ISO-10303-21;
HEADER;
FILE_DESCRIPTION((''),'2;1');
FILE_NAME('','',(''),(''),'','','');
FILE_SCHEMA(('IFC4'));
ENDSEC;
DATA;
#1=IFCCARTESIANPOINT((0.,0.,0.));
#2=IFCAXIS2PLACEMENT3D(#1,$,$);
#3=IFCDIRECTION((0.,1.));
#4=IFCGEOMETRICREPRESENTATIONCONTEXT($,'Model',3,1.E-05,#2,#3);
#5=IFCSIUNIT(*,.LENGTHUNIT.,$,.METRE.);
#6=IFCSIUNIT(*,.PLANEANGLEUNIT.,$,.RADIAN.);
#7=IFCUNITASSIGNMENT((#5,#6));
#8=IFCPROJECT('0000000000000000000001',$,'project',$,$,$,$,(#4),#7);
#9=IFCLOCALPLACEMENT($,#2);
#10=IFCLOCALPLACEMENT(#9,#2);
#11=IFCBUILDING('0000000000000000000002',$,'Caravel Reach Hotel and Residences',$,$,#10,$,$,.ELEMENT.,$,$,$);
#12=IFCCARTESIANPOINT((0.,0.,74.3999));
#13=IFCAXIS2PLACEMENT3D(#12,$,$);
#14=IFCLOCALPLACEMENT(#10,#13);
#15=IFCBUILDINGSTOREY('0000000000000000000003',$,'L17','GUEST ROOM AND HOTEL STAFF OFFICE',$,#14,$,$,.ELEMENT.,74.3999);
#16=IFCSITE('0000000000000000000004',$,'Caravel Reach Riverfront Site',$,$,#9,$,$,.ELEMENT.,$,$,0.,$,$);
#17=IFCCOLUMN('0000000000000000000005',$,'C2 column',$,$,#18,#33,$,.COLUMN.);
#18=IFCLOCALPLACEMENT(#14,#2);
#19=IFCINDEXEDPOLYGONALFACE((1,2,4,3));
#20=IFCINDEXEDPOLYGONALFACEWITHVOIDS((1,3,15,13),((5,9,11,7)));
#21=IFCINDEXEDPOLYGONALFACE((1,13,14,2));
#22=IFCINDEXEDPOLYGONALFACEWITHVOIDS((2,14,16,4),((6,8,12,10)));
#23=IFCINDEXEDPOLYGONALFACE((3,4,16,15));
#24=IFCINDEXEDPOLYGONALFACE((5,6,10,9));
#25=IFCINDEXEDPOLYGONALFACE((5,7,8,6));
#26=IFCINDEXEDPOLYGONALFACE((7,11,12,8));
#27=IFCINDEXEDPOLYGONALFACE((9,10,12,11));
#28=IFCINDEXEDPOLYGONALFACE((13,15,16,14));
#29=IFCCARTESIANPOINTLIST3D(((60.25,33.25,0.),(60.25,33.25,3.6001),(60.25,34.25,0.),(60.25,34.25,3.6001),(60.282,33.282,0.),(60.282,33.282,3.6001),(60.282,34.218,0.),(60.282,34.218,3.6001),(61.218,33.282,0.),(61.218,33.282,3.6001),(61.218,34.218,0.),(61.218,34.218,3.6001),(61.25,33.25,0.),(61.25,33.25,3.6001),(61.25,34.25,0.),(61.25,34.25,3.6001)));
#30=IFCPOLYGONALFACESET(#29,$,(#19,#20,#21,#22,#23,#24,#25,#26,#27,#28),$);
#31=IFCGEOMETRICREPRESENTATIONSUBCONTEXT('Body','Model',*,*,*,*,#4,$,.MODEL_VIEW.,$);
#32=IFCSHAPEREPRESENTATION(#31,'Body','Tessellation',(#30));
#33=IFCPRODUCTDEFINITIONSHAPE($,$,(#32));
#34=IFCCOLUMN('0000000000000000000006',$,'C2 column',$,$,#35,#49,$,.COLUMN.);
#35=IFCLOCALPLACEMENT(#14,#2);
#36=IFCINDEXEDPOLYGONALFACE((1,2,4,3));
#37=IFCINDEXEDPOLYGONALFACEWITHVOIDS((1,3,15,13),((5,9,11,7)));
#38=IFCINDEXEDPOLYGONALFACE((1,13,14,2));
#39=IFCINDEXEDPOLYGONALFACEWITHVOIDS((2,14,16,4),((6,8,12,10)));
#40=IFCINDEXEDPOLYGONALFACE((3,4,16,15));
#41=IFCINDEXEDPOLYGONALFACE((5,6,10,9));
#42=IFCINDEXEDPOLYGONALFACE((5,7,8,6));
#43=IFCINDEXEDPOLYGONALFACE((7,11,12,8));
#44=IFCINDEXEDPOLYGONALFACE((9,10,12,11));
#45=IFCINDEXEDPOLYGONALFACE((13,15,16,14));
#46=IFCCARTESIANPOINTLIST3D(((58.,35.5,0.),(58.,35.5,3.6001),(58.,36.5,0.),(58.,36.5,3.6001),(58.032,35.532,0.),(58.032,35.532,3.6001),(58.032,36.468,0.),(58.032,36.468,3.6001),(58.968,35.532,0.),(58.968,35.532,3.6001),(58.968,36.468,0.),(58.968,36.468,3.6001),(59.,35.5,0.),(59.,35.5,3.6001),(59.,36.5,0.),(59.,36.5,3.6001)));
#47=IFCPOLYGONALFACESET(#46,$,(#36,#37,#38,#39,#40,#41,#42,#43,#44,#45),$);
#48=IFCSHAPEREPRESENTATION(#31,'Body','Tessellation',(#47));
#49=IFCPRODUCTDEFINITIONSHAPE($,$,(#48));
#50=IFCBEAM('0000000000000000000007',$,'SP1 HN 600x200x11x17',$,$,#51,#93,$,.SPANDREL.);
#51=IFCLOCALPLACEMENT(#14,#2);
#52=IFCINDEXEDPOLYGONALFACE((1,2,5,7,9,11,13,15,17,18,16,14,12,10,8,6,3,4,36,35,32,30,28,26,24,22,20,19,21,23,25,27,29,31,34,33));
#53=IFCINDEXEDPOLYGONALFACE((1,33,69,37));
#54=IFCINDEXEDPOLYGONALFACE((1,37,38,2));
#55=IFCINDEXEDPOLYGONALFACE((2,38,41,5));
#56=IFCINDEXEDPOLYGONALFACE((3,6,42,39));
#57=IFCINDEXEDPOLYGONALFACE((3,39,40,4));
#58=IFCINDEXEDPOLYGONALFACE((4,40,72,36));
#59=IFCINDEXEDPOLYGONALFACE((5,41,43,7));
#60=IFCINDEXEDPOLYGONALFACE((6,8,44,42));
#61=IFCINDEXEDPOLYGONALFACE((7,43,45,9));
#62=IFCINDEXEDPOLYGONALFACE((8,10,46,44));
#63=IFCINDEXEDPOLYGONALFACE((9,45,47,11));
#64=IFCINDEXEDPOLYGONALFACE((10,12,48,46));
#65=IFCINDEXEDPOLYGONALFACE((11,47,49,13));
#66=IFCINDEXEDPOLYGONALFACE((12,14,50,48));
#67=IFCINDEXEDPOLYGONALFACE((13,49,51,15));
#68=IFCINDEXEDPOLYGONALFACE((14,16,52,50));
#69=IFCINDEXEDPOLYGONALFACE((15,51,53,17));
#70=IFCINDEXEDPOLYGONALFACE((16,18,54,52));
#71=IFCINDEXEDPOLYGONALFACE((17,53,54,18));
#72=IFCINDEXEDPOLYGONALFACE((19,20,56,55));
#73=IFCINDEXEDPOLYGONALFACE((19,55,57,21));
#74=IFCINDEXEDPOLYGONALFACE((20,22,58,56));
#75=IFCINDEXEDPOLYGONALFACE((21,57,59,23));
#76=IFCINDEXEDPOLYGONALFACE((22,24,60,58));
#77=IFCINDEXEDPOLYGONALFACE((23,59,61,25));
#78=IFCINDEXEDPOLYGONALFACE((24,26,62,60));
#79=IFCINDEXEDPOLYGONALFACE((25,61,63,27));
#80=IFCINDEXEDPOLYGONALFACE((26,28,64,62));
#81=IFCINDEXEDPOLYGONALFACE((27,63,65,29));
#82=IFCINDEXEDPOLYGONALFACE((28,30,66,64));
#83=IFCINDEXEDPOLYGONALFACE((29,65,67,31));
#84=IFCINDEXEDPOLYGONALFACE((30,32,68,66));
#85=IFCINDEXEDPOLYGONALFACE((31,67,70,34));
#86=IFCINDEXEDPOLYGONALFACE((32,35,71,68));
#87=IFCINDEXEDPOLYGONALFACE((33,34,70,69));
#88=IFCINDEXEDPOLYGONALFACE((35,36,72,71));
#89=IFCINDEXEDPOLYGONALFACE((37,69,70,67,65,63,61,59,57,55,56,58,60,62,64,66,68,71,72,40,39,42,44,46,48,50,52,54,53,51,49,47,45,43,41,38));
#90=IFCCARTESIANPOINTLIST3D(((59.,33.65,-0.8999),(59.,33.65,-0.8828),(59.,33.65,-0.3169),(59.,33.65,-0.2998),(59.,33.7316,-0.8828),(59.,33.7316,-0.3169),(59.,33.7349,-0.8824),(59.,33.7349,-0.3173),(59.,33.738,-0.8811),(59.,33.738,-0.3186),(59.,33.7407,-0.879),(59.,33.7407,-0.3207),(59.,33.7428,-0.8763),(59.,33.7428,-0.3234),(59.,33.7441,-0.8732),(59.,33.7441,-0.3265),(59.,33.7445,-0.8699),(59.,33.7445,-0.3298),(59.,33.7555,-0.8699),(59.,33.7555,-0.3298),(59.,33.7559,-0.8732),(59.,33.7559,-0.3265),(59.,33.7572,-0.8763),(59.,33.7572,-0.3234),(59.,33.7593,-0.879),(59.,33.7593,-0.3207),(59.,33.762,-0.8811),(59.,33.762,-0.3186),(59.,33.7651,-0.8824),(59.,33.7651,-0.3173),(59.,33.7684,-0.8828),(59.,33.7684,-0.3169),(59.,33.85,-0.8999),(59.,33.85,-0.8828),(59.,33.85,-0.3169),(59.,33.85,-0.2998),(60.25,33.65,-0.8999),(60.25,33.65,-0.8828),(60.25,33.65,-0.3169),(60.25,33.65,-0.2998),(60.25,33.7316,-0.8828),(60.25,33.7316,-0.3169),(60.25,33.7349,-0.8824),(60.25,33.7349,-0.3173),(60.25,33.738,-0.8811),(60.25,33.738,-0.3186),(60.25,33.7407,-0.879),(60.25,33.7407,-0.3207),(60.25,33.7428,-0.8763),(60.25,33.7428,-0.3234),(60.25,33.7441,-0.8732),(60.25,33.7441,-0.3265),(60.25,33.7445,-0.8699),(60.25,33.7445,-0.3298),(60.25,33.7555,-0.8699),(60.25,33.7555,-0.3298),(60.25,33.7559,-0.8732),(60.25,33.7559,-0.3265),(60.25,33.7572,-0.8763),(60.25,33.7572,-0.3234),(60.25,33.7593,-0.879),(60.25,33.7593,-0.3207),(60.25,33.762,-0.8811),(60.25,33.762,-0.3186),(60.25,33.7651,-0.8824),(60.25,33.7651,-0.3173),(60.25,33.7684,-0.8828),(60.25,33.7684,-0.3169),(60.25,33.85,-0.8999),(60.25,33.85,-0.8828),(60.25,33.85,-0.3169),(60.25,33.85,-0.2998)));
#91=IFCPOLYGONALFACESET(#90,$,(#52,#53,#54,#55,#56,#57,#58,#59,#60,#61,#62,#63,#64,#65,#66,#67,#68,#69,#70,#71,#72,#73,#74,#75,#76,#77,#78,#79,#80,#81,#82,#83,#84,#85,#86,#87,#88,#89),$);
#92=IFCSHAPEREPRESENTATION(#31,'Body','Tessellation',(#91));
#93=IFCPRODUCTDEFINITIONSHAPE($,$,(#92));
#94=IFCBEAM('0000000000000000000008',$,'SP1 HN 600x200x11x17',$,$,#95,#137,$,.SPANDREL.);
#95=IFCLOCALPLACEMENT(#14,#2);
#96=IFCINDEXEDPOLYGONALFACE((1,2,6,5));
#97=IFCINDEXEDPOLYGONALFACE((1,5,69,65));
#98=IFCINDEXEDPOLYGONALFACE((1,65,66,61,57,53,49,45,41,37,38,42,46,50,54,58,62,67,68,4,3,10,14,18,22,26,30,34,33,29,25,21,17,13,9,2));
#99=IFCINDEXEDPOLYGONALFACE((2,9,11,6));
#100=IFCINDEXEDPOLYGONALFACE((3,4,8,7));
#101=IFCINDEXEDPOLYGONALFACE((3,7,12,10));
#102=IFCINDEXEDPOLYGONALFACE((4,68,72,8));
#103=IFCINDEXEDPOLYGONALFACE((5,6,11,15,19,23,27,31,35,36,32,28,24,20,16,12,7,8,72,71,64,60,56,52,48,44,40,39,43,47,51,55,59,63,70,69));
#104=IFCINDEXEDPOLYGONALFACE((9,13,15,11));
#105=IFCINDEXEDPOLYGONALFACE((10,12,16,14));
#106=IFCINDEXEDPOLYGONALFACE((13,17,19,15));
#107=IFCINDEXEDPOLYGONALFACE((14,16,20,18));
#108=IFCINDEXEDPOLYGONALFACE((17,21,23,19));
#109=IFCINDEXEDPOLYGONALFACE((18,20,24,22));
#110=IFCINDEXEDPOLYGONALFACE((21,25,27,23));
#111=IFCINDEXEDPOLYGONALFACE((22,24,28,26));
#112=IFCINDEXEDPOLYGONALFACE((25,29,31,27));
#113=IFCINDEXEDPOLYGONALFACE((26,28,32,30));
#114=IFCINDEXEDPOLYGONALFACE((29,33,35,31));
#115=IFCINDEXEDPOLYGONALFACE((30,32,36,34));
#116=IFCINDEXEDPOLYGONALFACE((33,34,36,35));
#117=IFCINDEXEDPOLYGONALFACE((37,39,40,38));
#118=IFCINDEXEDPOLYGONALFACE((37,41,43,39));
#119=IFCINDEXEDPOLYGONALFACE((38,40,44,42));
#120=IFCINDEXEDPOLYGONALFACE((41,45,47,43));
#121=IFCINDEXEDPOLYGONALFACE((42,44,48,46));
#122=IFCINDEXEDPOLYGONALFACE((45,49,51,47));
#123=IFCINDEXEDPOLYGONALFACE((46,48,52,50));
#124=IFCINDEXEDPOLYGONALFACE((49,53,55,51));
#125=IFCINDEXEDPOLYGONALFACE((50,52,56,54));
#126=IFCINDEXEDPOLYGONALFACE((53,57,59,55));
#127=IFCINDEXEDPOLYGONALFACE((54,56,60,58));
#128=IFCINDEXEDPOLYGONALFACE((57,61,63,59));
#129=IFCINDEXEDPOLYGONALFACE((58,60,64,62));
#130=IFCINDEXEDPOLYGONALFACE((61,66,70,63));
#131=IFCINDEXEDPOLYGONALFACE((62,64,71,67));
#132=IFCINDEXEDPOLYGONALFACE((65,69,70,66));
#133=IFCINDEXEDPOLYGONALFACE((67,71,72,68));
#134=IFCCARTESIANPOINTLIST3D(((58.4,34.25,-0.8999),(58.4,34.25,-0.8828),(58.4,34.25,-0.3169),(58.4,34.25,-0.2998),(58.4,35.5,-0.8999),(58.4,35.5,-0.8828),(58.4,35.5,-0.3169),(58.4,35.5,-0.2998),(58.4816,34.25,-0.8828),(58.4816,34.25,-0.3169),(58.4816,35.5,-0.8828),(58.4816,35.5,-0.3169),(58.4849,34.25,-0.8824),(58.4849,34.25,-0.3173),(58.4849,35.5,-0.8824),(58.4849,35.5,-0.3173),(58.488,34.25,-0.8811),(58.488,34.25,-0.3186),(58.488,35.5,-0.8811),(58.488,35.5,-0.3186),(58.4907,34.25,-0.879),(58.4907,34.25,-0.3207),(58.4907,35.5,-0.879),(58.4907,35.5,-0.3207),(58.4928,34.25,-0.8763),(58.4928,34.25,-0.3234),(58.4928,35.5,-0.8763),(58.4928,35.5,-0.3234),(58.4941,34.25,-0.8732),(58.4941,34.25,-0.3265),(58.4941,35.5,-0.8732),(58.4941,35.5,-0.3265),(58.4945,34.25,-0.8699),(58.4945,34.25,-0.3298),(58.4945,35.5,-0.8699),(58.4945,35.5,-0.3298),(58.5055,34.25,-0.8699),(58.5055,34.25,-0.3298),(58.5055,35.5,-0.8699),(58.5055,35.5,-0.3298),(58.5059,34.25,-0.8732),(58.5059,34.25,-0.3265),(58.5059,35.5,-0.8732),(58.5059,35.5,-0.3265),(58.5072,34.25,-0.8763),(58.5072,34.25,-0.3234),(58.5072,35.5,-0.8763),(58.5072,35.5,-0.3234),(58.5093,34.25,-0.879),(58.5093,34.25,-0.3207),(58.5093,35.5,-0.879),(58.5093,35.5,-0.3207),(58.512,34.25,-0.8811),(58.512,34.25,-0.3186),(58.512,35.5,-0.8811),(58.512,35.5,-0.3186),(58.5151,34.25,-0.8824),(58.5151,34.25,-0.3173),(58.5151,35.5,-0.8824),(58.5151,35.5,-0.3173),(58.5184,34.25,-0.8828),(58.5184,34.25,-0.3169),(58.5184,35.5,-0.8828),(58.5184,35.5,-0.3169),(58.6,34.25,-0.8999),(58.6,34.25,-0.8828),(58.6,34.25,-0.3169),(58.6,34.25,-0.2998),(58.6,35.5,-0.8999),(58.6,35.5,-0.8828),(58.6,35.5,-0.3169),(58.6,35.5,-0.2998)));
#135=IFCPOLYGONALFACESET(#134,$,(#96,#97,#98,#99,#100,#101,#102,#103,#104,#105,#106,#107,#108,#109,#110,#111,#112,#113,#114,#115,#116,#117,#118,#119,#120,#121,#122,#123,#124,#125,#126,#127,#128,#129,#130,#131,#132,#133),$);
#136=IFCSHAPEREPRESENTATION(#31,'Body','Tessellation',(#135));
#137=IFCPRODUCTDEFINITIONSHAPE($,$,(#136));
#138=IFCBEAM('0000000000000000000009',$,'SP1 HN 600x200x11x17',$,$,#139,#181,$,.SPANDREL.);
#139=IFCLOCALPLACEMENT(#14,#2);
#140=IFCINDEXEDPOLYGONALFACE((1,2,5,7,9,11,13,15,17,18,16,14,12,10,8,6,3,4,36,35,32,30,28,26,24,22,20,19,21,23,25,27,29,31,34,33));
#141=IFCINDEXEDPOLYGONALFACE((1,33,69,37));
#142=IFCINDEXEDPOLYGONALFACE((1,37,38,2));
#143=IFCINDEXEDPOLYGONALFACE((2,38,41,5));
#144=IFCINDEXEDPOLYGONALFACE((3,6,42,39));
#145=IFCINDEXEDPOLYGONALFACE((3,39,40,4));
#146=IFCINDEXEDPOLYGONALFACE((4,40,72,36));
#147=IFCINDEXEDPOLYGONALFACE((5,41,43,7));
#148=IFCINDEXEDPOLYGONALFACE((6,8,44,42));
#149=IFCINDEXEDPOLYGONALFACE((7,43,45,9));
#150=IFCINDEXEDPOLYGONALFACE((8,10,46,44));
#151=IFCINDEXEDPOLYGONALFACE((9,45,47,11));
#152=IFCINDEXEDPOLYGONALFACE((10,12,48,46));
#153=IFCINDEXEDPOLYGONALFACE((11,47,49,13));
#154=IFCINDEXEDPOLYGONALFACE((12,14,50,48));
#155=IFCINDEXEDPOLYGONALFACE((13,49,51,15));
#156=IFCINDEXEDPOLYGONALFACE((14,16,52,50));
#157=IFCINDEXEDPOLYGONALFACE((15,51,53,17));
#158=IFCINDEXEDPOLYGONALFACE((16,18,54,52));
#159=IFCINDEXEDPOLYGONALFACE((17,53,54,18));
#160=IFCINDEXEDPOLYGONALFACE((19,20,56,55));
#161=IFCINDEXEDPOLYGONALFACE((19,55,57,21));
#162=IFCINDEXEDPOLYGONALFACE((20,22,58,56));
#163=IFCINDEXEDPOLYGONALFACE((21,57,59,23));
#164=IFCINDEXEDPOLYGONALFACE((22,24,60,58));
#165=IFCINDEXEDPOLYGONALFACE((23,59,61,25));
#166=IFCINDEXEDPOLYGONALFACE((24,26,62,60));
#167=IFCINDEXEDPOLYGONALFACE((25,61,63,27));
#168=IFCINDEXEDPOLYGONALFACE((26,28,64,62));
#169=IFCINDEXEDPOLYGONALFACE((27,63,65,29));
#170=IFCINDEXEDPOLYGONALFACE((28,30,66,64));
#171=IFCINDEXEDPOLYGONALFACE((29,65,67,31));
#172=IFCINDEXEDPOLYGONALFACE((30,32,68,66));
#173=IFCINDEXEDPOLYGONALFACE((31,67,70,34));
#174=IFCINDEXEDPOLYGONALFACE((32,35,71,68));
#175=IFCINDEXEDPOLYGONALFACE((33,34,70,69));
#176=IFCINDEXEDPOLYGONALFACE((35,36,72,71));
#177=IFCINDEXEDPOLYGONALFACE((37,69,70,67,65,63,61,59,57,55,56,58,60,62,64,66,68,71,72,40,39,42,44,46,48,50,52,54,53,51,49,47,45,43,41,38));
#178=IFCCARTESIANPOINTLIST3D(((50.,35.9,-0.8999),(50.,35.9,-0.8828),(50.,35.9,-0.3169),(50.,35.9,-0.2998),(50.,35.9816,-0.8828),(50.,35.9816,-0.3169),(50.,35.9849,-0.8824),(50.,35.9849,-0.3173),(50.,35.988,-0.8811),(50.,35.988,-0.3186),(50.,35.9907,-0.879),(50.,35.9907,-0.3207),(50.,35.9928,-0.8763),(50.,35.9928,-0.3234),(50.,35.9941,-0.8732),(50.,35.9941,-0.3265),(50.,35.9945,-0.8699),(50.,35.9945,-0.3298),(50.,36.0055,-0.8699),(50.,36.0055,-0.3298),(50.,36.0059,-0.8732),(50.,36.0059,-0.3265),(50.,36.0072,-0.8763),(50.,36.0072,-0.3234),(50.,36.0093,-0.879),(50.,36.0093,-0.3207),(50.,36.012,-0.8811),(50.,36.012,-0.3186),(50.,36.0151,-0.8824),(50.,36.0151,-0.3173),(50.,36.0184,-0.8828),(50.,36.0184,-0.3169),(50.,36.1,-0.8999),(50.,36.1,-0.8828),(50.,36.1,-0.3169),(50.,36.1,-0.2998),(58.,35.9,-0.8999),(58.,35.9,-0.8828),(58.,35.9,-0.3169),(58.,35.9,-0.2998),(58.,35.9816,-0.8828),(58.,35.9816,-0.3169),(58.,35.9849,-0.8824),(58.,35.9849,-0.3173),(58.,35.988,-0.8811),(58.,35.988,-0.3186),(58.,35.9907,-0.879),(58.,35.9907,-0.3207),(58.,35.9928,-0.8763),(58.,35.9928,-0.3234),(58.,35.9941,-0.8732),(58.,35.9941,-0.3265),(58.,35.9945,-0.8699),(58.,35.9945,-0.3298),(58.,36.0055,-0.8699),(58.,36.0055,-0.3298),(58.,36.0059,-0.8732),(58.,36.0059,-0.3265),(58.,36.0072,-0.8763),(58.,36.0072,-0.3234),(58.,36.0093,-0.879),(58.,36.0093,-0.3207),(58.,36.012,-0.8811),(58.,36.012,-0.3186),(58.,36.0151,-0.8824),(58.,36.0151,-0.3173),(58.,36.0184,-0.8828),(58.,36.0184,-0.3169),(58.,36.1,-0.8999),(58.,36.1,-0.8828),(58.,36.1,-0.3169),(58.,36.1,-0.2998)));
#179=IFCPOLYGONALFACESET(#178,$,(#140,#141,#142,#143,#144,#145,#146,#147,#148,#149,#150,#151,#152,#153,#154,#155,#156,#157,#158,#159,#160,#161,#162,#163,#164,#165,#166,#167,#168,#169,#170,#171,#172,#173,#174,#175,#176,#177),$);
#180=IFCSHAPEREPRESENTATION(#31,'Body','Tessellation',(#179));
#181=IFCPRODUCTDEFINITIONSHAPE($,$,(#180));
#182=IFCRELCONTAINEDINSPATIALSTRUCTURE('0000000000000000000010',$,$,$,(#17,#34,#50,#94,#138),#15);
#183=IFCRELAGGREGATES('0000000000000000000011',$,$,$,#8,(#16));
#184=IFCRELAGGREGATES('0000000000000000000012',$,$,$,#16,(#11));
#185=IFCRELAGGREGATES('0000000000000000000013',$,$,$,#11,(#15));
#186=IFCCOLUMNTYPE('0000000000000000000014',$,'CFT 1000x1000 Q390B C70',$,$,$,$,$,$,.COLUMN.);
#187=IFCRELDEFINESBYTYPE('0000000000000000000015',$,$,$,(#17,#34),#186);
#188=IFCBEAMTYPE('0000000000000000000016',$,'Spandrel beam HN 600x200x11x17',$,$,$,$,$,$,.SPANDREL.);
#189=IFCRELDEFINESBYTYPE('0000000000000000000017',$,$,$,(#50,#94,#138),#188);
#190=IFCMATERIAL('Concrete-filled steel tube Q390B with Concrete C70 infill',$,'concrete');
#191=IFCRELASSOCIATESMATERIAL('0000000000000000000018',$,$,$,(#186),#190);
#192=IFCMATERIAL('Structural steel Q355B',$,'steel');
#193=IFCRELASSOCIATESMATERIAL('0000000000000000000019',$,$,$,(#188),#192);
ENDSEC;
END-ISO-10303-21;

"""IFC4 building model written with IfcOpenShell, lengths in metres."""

from ifc_helpers import new_model, si_unit, direction, frame, origin, origin_2d, place, context, subcontext, project, spatial, hollow_rectangle, i_section, extrude, material, material_profile, profile_set, type_object, element, save


model = new_model("IFC4")

# Units and contexts
model_context = context("Model", 3, precision=1e-05, world=origin(), true_north=direction((0.0, 1.0)))
body_context = subcontext(model_context, "Body", "Model", "MODEL_VIEW")
ifc_project = project(units=[si_unit("LENGTHUNIT", "METRE"), si_unit("PLANEANGLEUNIT", "RADIAN")], contexts=[model_context])

# Site, building, storey
site_placement = place(None, origin())
site = spatial("IfcSite", under=ifc_project, at=site_placement, Name="Caravel Reach Riverfront Site", CompositionType="ELEMENT", RefElevation=0.0)
building_placement = place(site_placement, origin())
building = spatial("IfcBuilding", under=site, at=building_placement, Name="Caravel Reach Hotel and Residences", CompositionType="ELEMENT")
storey_placement = place(building_placement, frame((0.0, 0.0, 74.3999)))
storey = spatial("IfcBuildingStorey", under=building, at=storey_placement, Name="L17", Description="GUEST ROOM AND HOTEL STAFF OFFICE", CompositionType="ELEMENT", Elevation=74.3999)

# Columns
ifc_material_1 = material(Name="Concrete-filled steel tube Q390B with Concrete C70 infill", Category="concrete")
ifc_material_profile_1 = material_profile(ifc_material_1, hollow_rectangle(XDim=1.0, YDim=1.0, WallThickness=0.032, at=origin_2d()), Name="RHS 1000x1000x32")
ifc_profile_set_1 = profile_set([ifc_material_profile_1], Name="Concrete-filled steel tube Q390B with Concrete C70 infill")
column_type = type_object("IfcColumnType", Name="CFT 1000x1000 Q390B C70", PredefinedType="COLUMN", material=ifc_profile_set_1)
for number, where, z_axis, x_axis, name in (
    (1, (60.75, 33.75, 0.0), (0.0, 0.0, 1.0), (1.0, 0.0, 0.0), "C2 column"),
    (2, (58.5, 36.0, 0.0), (0.0, 0.0, 1.0), (1.0, 0.0, 0.0), "C2 column"),
):
    element("IfcColumn", number, at=place(storey_placement, frame(where, z_axis=z_axis, x_axis=x_axis)), inside=storey, type_object=column_type, Name=name, PredefinedType="COLUMN", context=body_context, shape_type="SweptSolid", body=[
        extrude(hollow_rectangle(XDim=1.0, YDim=1.0, WallThickness=0.032, at=origin_2d()), origin(), (0.0, 0.0, 1.0), 3.6001),
    ])

# Beams
ifc_material_2 = material(Name="Structural steel Q355B", Category="steel")
ifc_material_profile_2 = material_profile(ifc_material_2, i_section(OverallWidth=0.2, OverallDepth=0.6001, WebThickness=0.011, FlangeThickness=0.0171, FilletRadius=0.0129, at=origin_2d()), Name="HN 600x200x11x17")
ifc_profile_set_2 = profile_set([ifc_material_profile_2], Name="Structural steel Q355B")
beam_type = type_object("IfcBeamType", Name="Spandrel beam HN 600x200x11x17", PredefinedType="SPANDREL", material=ifc_profile_set_2)
for number, where, z_axis, x_axis, name in (
    (3, (60.25, 33.75, -0.5999), (-1.0, 0.0, 0.0), (0.0, -1.0, 0.0), "SP1 HN 600x200x11x17"),
    (4, (58.5, 34.25, -0.5999), (0.0, 1.0, 0.0), (-1.0, 0.0, 0.0), "SP1 HN 600x200x11x17"),
):
    element("IfcBeam", number, at=place(storey_placement, frame(where, z_axis=z_axis, x_axis=x_axis)), inside=storey, type_object=beam_type, Name=name, PredefinedType="SPANDREL", context=body_context, shape_type="SweptSolid", body=[
        extrude(i_section(OverallWidth=0.2, OverallDepth=0.6001, WebThickness=0.011, FlangeThickness=0.0171, FilletRadius=0.0129, at=origin_2d()), origin(), (0.0, 0.0, 1.0), 1.25),
    ])
beam_placement = place(storey_placement, frame((58.0, 36.0, -0.5999), z_axis=(-1.0, 0.0, 0.0), x_axis=(0.0, -1.0, 0.0)))
element("IfcBeam", 5, at=beam_placement, inside=storey, type_object=beam_type, Name="SP1 HN 600x200x11x17", PredefinedType="SPANDREL", context=body_context, shape_type="SweptSolid", body=[
    extrude(i_section(OverallWidth=0.2, OverallDepth=0.6001, WebThickness=0.011, FlangeThickness=0.0171, FilletRadius=0.0129, at=origin_2d()), origin(), (0.0, 0.0, 1.0), 8.0),
])

save(model, "model.ifc")
